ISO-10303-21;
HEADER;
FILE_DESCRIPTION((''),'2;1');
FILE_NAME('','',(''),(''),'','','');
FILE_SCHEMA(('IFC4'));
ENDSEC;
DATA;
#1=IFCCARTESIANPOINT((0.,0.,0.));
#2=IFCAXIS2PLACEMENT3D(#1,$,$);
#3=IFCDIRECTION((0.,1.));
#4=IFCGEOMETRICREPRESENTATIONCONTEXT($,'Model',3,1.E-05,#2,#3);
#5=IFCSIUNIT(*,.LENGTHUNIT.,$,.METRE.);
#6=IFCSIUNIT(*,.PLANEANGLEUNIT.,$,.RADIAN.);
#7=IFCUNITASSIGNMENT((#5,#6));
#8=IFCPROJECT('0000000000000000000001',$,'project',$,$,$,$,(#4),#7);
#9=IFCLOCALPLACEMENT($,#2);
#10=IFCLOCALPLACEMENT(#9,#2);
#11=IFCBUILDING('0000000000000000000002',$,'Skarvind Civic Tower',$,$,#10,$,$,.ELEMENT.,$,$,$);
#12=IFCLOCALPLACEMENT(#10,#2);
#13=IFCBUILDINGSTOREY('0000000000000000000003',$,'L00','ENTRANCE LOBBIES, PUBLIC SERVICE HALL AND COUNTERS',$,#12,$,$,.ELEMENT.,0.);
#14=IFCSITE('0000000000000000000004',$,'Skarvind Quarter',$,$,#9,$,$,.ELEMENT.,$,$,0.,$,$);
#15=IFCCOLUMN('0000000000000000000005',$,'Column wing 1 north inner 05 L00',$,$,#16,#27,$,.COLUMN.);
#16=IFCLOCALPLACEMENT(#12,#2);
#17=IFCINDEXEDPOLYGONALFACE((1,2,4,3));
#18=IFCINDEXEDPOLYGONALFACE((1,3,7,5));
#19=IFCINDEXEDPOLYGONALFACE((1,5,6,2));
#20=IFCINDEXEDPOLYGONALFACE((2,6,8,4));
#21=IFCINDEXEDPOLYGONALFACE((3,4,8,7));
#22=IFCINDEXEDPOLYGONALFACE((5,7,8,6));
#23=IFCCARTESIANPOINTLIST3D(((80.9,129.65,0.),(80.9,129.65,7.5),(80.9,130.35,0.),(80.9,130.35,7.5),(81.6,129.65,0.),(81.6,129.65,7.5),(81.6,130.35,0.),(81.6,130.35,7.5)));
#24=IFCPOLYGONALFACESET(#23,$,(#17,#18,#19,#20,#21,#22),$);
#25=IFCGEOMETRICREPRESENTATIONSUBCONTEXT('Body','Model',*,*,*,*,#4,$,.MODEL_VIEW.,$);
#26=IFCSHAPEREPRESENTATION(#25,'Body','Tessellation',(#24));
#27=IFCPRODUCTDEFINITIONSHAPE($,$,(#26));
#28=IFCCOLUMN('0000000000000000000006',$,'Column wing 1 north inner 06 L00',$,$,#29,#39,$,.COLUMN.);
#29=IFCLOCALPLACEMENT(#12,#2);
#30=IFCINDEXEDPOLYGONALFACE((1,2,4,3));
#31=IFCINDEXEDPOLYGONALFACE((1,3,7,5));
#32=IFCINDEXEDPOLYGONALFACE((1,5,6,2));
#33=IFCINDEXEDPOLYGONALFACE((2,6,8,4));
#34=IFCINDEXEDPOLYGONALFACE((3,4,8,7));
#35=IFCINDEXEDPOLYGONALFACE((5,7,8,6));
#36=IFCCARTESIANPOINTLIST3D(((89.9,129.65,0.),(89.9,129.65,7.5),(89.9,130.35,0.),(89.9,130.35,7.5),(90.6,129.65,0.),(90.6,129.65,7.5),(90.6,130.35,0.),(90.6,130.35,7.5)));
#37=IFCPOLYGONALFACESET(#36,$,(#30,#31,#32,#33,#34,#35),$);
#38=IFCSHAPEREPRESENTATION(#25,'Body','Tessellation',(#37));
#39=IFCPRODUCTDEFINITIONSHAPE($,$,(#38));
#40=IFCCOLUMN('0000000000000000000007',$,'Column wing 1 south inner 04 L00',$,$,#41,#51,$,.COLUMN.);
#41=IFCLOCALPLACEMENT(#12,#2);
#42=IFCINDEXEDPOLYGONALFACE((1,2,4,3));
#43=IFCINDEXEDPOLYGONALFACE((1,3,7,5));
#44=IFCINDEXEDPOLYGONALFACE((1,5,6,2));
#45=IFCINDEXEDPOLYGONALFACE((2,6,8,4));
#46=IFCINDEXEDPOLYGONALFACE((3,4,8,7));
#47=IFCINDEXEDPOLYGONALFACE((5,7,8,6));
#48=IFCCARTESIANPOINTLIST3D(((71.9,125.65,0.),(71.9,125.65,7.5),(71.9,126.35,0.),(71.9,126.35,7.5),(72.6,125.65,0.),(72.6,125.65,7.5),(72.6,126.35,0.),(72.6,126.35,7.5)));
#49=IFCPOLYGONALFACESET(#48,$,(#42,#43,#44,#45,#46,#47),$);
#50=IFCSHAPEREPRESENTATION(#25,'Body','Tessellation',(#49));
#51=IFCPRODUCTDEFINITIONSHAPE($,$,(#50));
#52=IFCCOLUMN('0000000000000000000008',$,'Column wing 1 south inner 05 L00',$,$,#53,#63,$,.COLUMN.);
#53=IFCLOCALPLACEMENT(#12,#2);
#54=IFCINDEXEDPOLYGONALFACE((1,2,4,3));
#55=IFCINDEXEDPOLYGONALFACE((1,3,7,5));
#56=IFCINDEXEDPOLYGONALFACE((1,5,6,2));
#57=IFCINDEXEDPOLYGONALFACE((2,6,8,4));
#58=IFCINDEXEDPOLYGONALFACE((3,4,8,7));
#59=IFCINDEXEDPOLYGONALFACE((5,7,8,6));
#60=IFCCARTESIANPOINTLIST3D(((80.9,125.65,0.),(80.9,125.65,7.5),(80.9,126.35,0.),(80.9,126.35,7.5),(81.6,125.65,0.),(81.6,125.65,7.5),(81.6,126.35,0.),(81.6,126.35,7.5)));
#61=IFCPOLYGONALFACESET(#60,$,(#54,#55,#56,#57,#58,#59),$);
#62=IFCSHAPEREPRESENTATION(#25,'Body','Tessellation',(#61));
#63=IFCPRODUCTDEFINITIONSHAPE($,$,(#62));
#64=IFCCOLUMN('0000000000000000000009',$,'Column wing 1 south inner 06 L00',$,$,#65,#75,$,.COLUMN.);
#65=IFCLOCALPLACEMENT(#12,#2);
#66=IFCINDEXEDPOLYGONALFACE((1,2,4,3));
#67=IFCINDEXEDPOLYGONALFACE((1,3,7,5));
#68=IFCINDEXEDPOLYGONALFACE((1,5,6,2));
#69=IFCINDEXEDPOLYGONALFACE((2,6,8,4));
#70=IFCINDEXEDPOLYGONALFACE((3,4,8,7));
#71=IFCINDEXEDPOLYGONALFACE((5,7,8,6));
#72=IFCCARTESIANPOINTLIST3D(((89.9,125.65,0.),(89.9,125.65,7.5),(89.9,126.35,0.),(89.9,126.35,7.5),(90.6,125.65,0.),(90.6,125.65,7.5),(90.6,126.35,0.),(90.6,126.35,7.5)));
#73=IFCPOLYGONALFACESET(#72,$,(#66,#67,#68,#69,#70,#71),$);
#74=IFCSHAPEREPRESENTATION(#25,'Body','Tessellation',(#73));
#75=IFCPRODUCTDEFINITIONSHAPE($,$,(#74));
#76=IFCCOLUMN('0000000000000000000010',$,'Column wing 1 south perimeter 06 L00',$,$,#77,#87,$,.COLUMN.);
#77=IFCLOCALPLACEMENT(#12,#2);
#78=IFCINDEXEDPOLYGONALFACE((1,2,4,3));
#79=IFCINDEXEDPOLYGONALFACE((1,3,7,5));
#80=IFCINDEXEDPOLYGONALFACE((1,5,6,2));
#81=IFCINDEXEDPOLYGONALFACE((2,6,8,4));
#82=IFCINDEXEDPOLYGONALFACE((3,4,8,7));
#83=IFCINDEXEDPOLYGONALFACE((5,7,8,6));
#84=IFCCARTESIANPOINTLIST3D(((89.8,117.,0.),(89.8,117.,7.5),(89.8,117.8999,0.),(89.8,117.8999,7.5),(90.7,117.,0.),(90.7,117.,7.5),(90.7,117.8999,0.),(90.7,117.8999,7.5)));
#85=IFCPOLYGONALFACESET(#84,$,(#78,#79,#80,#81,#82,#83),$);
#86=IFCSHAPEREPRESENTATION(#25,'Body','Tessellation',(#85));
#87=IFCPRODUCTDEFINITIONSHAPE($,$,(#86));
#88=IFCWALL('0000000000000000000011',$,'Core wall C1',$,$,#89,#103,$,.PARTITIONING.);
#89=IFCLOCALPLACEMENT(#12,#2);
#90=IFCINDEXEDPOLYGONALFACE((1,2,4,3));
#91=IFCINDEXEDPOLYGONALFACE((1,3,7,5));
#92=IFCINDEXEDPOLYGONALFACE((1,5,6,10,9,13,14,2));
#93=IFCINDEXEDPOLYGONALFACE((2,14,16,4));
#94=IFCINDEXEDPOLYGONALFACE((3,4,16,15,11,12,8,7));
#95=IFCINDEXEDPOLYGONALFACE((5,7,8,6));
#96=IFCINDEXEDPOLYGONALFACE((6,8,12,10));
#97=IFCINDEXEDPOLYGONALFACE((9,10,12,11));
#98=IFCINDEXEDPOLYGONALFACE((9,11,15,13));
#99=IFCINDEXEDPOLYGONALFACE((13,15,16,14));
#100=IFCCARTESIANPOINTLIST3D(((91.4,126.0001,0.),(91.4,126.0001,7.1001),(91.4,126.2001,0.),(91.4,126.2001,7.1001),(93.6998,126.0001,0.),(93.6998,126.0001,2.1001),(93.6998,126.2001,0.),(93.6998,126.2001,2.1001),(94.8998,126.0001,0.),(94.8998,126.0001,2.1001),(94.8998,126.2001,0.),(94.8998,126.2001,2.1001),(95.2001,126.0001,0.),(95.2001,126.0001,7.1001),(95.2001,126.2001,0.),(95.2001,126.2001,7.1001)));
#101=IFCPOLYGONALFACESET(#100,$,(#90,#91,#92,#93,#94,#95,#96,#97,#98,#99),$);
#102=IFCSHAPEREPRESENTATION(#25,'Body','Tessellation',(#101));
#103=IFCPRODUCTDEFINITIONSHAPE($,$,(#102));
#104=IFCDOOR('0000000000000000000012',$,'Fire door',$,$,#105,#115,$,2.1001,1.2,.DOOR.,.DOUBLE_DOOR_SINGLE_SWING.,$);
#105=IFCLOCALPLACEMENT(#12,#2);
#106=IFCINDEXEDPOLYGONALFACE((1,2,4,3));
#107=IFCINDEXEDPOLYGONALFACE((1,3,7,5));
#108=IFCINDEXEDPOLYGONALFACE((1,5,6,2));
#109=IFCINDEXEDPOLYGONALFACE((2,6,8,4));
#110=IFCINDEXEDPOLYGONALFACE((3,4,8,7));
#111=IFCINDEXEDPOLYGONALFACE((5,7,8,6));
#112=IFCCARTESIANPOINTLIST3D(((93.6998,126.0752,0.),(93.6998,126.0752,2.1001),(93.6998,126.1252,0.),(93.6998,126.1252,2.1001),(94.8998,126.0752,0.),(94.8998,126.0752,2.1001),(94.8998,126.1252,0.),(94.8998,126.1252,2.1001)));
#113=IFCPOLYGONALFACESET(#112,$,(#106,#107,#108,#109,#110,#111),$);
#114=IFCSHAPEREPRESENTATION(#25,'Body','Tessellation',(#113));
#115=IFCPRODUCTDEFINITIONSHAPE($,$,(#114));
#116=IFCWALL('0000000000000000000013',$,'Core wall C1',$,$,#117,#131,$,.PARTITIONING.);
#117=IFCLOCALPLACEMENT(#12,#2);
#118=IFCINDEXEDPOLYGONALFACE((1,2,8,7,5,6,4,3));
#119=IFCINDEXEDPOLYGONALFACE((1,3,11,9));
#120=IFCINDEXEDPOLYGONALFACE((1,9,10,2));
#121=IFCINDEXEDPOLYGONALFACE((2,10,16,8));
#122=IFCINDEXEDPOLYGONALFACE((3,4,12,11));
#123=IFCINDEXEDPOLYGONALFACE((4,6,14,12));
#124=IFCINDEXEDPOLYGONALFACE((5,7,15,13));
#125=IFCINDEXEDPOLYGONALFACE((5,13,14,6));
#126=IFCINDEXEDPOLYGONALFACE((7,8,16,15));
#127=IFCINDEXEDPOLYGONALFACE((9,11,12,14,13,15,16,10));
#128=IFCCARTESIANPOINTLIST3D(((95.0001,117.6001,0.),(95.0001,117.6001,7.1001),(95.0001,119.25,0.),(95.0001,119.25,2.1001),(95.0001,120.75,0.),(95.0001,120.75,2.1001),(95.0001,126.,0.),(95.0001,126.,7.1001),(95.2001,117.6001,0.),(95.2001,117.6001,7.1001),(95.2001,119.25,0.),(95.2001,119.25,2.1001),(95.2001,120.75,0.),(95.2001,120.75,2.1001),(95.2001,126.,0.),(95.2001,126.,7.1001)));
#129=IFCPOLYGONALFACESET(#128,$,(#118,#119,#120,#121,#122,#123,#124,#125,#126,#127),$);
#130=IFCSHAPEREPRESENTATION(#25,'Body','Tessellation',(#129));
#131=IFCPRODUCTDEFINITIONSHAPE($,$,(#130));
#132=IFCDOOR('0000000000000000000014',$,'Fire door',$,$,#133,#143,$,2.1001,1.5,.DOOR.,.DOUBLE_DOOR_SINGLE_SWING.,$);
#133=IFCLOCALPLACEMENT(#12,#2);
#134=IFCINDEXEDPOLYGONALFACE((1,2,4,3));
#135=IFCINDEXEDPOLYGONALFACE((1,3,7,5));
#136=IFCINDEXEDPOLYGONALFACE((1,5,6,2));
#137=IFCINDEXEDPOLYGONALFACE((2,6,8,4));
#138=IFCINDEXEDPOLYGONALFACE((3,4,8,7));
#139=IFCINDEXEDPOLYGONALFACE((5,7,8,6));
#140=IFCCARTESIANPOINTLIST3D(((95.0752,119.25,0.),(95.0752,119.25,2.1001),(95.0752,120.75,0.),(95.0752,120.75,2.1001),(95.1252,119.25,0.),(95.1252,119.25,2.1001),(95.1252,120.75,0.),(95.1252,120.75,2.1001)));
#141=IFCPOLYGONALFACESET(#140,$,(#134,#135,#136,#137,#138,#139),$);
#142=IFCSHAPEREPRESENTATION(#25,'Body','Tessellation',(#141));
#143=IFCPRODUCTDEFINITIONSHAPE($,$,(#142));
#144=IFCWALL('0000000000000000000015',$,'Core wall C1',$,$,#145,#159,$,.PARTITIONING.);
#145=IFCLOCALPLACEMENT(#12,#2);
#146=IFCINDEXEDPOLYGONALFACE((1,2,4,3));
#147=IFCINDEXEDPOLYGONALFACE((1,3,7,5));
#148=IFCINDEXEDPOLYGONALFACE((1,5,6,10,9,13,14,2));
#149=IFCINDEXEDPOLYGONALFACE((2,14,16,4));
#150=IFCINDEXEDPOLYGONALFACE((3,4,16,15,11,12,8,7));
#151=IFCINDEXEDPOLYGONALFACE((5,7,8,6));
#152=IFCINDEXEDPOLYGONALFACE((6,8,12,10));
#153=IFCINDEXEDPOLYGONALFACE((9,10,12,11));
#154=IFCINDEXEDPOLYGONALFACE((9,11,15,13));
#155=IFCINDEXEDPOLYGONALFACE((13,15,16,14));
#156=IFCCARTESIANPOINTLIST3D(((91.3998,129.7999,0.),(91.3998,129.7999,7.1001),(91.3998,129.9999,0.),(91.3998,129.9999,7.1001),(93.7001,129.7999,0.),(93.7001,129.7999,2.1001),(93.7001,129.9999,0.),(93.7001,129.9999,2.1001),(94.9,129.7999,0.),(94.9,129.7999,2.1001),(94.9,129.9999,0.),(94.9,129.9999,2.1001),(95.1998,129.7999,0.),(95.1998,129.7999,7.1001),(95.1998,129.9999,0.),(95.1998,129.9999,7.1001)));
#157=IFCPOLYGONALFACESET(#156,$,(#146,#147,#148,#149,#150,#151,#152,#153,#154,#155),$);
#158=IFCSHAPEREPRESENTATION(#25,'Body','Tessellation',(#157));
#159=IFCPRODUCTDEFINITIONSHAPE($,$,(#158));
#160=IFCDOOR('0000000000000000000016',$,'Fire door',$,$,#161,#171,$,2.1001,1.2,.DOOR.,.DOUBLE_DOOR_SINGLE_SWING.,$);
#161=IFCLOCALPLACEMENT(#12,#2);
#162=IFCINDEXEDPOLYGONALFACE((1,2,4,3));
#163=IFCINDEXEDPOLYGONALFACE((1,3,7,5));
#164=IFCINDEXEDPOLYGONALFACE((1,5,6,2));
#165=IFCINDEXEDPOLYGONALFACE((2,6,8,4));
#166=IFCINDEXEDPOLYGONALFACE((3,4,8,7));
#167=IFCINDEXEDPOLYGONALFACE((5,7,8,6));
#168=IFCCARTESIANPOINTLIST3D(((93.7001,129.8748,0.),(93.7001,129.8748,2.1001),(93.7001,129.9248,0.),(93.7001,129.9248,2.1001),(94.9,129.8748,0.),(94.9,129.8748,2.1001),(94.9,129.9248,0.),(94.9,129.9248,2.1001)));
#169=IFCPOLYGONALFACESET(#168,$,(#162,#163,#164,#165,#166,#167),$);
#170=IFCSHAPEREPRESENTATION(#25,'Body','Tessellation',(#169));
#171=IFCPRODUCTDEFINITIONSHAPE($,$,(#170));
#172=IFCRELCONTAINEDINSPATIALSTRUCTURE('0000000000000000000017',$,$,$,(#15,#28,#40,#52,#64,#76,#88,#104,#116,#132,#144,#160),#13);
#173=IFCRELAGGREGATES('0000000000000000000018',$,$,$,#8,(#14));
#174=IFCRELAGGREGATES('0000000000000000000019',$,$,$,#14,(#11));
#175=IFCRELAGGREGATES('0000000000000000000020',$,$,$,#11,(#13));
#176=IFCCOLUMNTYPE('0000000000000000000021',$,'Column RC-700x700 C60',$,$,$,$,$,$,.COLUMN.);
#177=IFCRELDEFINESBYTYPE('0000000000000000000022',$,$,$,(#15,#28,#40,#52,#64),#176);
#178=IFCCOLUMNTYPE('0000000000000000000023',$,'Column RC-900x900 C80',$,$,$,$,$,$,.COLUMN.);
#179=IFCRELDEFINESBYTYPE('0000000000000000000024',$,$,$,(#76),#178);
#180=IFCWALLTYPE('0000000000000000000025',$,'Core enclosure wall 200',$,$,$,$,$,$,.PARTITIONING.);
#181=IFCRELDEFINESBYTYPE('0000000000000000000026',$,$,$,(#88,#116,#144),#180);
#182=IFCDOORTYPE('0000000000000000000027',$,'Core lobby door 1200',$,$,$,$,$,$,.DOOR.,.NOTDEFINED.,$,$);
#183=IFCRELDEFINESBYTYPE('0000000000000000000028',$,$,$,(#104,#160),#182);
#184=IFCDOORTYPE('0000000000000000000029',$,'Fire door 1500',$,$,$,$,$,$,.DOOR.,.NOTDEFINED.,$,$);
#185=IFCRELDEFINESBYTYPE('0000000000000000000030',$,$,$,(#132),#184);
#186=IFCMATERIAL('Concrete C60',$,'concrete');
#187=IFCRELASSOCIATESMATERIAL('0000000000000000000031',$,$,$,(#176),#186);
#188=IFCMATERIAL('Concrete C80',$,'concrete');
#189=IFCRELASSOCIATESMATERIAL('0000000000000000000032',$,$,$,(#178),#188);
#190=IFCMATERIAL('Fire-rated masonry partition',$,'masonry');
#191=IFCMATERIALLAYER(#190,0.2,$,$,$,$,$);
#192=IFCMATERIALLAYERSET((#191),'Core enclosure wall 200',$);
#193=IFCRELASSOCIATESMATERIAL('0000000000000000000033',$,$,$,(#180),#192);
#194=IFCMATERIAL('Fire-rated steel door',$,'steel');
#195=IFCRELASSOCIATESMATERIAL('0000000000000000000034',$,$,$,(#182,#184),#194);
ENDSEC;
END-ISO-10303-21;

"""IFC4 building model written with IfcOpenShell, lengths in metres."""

from ifc_helpers import new_model, si_unit, direction, frame, frame_2d, origin, origin_2d, place, context, subcontext, project, spatial, rectangle, extrude, material, layer, layer_set, material_profile, profile_set, type_object, element, fill, save


model = new_model("IFC4")

# Units and contexts
model_context = context("Model", 3, precision=1e-05, world=origin(), true_north=direction((0.0, 1.0)))
body_context = subcontext(model_context, "Body", "Model", "MODEL_VIEW")
ifc_project = project(units=[si_unit("LENGTHUNIT", "METRE"), si_unit("PLANEANGLEUNIT", "RADIAN")], contexts=[model_context])

# Site, building, storey
site_placement = place(None, origin())
site = spatial("IfcSite", under=ifc_project, at=site_placement, Name="Skarvind Quarter", CompositionType="ELEMENT", RefElevation=0.0)
building_placement = place(site_placement, origin())
building = spatial("IfcBuilding", under=site, at=building_placement, Name="Skarvind Civic Tower", CompositionType="ELEMENT")
storey_placement = place(building_placement, origin())
storey = spatial("IfcBuildingStorey", under=building, at=storey_placement, Name="L00", Description="ENTRANCE LOBBIES, PUBLIC SERVICE HALL AND COUNTERS", CompositionType="ELEMENT", Elevation=0.0)

# Columns
ifc_material_1 = material(Name="Concrete C60", Category="concrete")
ifc_material_profile_1 = material_profile(ifc_material_1, rectangle(XDim=0.7, YDim=0.7, at=origin_2d()), Name="RC-700x700")
ifc_profile_set_1 = profile_set([ifc_material_profile_1], Name="Concrete C60")
column_type_1 = type_object("IfcColumnType", Name="Column RC-700x700 C60", PredefinedType="COLUMN", material=ifc_profile_set_1)
for number, where, z_axis, x_axis, name in (
    (1, (81.25, 130.0, 0.0), (0.0, 0.0, 1.0), (1.0, 0.0, 0.0), "Column wing 1 north inner 05 L00"),
    (2, (90.25, 130.0, 0.0), (0.0, 0.0, 1.0), (1.0, 0.0, 0.0), "Column wing 1 north inner 06 L00"),
    (3, (72.25, 126.0, 0.0), (0.0, 0.0, 1.0), (1.0, 0.0, 0.0), "Column wing 1 south inner 04 L00"),
    (4, (81.25, 126.0, 0.0), (0.0, 0.0, 1.0), (1.0, 0.0, 0.0), "Column wing 1 south inner 05 L00"),
    (5, (90.25, 126.0, 0.0), (0.0, 0.0, 1.0), (1.0, 0.0, 0.0), "Column wing 1 south inner 06 L00"),
):
    element("IfcColumn", number, at=place(storey_placement, frame(where, z_axis=z_axis, x_axis=x_axis)), inside=storey, type_object=column_type_1, Name=name, PredefinedType="COLUMN", context=body_context, shape_type="SweptSolid", body=[
        extrude(rectangle(XDim=0.7, YDim=0.7, at=origin_2d()), origin(), (0.0, 0.0, 1.0), 7.5),
    ])
ifc_material_2 = material(Name="Concrete C80", Category="concrete")
ifc_material_profile_2 = material_profile(ifc_material_2, rectangle(XDim=0.8999, YDim=0.8999, at=origin_2d()), Name="RC-900x900")
ifc_profile_set_2 = profile_set([ifc_material_profile_2], Name="Concrete C80")
column_type_2 = type_object("IfcColumnType", Name="Column RC-900x900 C80", PredefinedType="COLUMN", material=ifc_profile_set_2)
column_placement = place(storey_placement, frame((90.25, 117.45, 0.0), z_axis=(0.0, 0.0, 1.0), x_axis=(1.0, 0.0, 0.0)))
element("IfcColumn", 6, at=column_placement, inside=storey, type_object=column_type_2, Name="Column wing 1 south perimeter 06 L00", PredefinedType="COLUMN", context=body_context, shape_type="SweptSolid", body=[
    extrude(rectangle(XDim=0.8999, YDim=0.8999, at=origin_2d()), origin(), (0.0, 0.0, 1.0), 7.5),
])

# Walls, openings, doors
ifc_material_3 = material(Name="Fire-rated masonry partition", Category="masonry")
ifc_layer_1 = layer(ifc_material_3, 0.2)
ifc_layer_set_1 = layer_set([ifc_layer_1], Name="Core enclosure wall 200")
wall_type_1 = type_object("IfcWallType", Name="Core enclosure wall 200", PredefinedType="PARTITIONING", material=ifc_layer_set_1)
wall_1_placement = place(storey_placement, frame((95.2, 126.1001, 0.0), z_axis=(0.0, 0.0, 1.0), x_axis=(-1.0, 0.0, 0.0)))
wall_1 = element("IfcWall", 7, at=wall_1_placement, inside=storey, type_object=wall_type_1, Name="Core wall C1", PredefinedType="PARTITIONING", context=body_context, shape_type="SweptSolid", body=[
    extrude(rectangle(XDim=3.8, YDim=0.2, at=frame_2d((1.8999, 0.0))), origin(), (0.0, 0.0, 1.0), 7.1001),
])
opening_1_placement = place(wall_1_placement, frame((0.3, 0.0, 0.0)))
opening_1 = element("IfcOpeningElement", 8, at=opening_1_placement, cuts=wall_1, PredefinedType="OPENING", context=body_context, shape_type="SweptSolid", body=[
    extrude(rectangle(XDim=1.2, YDim=2.1001, at=frame_2d((0.6001, 1.05))), frame((0.0, 0.1099, 0.0), z_axis=(0.0, -1.0, 0.0), x_axis=(1.0, 0.0, 0.0)), (0.0, 0.0, 1.0), 0.22),
])
ifc_material_4 = material(Name="Fire-rated steel door", Category="steel")
door_type_1 = type_object("IfcDoorType", Name="Core lobby door 1200", OperationType="NOTDEFINED", PredefinedType="DOOR", material=ifc_material_4)
door_1_placement = place(opening_1_placement, origin())
door_1 = element("IfcDoor", 9, at=door_1_placement, inside=storey, type_object=door_type_1, Name="Fire door", OperationType="DOUBLE_DOOR_SINGLE_SWING", OverallHeight=2.1001, OverallWidth=1.2, PredefinedType="DOOR", context=body_context, shape_type="SweptSolid", body=[
    extrude(rectangle(XDim=1.2, YDim=2.1001, at=frame_2d((0.6001, 1.05))), frame((0.0, 0.0249, 0.0), z_axis=(0.0, -1.0, 0.0), x_axis=(1.0, 0.0, 0.0)), (0.0, 0.0, 1.0), 0.05),
])
fill(opening_1, door_1)
wall_2_placement = place(storey_placement, frame((95.1001, 117.6001, 0.0), z_axis=(0.0, 0.0, 1.0), x_axis=(0.0, 1.0, 0.0)))
wall_2 = element("IfcWall", 10, at=wall_2_placement, inside=storey, type_object=wall_type_1, Name="Core wall C1", PredefinedType="PARTITIONING", context=body_context, shape_type="SweptSolid", body=[
    extrude(rectangle(XDim=8.3999, YDim=0.2, at=frame_2d((4.2, 0.0))), origin(), (0.0, 0.0, 1.0), 7.1001),
])
opening_2_placement = place(wall_2_placement, frame((1.6499, 0.0, 0.0)))
opening_2 = element("IfcOpeningElement", 11, at=opening_2_placement, cuts=wall_2, PredefinedType="OPENING", context=body_context, shape_type="SweptSolid", body=[
    extrude(rectangle(XDim=1.5, YDim=2.1001, at=frame_2d((0.75, 1.05))), frame((0.0, 0.1099, 0.0), z_axis=(0.0, -1.0, 0.0), x_axis=(1.0, 0.0, 0.0)), (0.0, 0.0, 1.0), 0.22),
])
door_type_2 = type_object("IfcDoorType", Name="Fire door 1500", OperationType="NOTDEFINED", PredefinedType="DOOR", material=ifc_material_4)
door_2_placement = place(opening_2_placement, origin())
door_2 = element("IfcDoor", 12, at=door_2_placement, inside=storey, type_object=door_type_2, Name="Fire door", OperationType="DOUBLE_DOOR_SINGLE_SWING", OverallHeight=2.1001, OverallWidth=1.5, PredefinedType="DOOR", context=body_context, shape_type="SweptSolid", body=[
    extrude(rectangle(XDim=1.5, YDim=2.1001, at=frame_2d((0.75, 1.05))), frame((0.0, 0.0249, 0.0), z_axis=(0.0, -1.0, 0.0), x_axis=(1.0, 0.0, 0.0)), (0.0, 0.0, 1.0), 0.05),
])
fill(opening_2, door_2)
wall_3_placement = place(storey_placement, frame((91.3999, 129.8999, 0.0), z_axis=(0.0, 0.0, 1.0), x_axis=(1.0, 0.0, 0.0)))
wall_3 = element("IfcWall", 13, at=wall_3_placement, inside=storey, type_object=wall_type_1, Name="Core wall C1", PredefinedType="PARTITIONING", context=body_context, shape_type="SweptSolid", body=[
    extrude(rectangle(XDim=3.8, YDim=0.2, at=frame_2d((1.8999, 0.0))), origin(), (0.0, 0.0, 1.0), 7.1001),
])
opening_3_placement = place(wall_3_placement, frame((2.3, 0.0, 0.0)))
opening_3 = element("IfcOpeningElement", 14, at=opening_3_placement, cuts=wall_3, PredefinedType="OPENING", context=body_context, shape_type="SweptSolid", body=[
    extrude(rectangle(XDim=1.2, YDim=2.1001, at=frame_2d((0.6001, 1.05))), frame((0.0, 0.1099, 0.0), z_axis=(0.0, -1.0, 0.0), x_axis=(1.0, 0.0, 0.0)), (0.0, 0.0, 1.0), 0.22),
])
door_3_placement = place(opening_3_placement, origin())
door_3 = element("IfcDoor", 15, at=door_3_placement, inside=storey, type_object=door_type_1, Name="Fire door", OperationType="DOUBLE_DOOR_SINGLE_SWING", OverallHeight=2.1001, OverallWidth=1.2, PredefinedType="DOOR", context=body_context, shape_type="SweptSolid", body=[
    extrude(rectangle(XDim=1.2, YDim=2.1001, at=frame_2d((0.6001, 1.05))), frame((0.0, 0.0249, 0.0), z_axis=(0.0, -1.0, 0.0), x_axis=(1.0, 0.0, 0.0)), (0.0, 0.0, 1.0), 0.05),
])
fill(opening_3, door_3)

save(model, "model.ifc")
